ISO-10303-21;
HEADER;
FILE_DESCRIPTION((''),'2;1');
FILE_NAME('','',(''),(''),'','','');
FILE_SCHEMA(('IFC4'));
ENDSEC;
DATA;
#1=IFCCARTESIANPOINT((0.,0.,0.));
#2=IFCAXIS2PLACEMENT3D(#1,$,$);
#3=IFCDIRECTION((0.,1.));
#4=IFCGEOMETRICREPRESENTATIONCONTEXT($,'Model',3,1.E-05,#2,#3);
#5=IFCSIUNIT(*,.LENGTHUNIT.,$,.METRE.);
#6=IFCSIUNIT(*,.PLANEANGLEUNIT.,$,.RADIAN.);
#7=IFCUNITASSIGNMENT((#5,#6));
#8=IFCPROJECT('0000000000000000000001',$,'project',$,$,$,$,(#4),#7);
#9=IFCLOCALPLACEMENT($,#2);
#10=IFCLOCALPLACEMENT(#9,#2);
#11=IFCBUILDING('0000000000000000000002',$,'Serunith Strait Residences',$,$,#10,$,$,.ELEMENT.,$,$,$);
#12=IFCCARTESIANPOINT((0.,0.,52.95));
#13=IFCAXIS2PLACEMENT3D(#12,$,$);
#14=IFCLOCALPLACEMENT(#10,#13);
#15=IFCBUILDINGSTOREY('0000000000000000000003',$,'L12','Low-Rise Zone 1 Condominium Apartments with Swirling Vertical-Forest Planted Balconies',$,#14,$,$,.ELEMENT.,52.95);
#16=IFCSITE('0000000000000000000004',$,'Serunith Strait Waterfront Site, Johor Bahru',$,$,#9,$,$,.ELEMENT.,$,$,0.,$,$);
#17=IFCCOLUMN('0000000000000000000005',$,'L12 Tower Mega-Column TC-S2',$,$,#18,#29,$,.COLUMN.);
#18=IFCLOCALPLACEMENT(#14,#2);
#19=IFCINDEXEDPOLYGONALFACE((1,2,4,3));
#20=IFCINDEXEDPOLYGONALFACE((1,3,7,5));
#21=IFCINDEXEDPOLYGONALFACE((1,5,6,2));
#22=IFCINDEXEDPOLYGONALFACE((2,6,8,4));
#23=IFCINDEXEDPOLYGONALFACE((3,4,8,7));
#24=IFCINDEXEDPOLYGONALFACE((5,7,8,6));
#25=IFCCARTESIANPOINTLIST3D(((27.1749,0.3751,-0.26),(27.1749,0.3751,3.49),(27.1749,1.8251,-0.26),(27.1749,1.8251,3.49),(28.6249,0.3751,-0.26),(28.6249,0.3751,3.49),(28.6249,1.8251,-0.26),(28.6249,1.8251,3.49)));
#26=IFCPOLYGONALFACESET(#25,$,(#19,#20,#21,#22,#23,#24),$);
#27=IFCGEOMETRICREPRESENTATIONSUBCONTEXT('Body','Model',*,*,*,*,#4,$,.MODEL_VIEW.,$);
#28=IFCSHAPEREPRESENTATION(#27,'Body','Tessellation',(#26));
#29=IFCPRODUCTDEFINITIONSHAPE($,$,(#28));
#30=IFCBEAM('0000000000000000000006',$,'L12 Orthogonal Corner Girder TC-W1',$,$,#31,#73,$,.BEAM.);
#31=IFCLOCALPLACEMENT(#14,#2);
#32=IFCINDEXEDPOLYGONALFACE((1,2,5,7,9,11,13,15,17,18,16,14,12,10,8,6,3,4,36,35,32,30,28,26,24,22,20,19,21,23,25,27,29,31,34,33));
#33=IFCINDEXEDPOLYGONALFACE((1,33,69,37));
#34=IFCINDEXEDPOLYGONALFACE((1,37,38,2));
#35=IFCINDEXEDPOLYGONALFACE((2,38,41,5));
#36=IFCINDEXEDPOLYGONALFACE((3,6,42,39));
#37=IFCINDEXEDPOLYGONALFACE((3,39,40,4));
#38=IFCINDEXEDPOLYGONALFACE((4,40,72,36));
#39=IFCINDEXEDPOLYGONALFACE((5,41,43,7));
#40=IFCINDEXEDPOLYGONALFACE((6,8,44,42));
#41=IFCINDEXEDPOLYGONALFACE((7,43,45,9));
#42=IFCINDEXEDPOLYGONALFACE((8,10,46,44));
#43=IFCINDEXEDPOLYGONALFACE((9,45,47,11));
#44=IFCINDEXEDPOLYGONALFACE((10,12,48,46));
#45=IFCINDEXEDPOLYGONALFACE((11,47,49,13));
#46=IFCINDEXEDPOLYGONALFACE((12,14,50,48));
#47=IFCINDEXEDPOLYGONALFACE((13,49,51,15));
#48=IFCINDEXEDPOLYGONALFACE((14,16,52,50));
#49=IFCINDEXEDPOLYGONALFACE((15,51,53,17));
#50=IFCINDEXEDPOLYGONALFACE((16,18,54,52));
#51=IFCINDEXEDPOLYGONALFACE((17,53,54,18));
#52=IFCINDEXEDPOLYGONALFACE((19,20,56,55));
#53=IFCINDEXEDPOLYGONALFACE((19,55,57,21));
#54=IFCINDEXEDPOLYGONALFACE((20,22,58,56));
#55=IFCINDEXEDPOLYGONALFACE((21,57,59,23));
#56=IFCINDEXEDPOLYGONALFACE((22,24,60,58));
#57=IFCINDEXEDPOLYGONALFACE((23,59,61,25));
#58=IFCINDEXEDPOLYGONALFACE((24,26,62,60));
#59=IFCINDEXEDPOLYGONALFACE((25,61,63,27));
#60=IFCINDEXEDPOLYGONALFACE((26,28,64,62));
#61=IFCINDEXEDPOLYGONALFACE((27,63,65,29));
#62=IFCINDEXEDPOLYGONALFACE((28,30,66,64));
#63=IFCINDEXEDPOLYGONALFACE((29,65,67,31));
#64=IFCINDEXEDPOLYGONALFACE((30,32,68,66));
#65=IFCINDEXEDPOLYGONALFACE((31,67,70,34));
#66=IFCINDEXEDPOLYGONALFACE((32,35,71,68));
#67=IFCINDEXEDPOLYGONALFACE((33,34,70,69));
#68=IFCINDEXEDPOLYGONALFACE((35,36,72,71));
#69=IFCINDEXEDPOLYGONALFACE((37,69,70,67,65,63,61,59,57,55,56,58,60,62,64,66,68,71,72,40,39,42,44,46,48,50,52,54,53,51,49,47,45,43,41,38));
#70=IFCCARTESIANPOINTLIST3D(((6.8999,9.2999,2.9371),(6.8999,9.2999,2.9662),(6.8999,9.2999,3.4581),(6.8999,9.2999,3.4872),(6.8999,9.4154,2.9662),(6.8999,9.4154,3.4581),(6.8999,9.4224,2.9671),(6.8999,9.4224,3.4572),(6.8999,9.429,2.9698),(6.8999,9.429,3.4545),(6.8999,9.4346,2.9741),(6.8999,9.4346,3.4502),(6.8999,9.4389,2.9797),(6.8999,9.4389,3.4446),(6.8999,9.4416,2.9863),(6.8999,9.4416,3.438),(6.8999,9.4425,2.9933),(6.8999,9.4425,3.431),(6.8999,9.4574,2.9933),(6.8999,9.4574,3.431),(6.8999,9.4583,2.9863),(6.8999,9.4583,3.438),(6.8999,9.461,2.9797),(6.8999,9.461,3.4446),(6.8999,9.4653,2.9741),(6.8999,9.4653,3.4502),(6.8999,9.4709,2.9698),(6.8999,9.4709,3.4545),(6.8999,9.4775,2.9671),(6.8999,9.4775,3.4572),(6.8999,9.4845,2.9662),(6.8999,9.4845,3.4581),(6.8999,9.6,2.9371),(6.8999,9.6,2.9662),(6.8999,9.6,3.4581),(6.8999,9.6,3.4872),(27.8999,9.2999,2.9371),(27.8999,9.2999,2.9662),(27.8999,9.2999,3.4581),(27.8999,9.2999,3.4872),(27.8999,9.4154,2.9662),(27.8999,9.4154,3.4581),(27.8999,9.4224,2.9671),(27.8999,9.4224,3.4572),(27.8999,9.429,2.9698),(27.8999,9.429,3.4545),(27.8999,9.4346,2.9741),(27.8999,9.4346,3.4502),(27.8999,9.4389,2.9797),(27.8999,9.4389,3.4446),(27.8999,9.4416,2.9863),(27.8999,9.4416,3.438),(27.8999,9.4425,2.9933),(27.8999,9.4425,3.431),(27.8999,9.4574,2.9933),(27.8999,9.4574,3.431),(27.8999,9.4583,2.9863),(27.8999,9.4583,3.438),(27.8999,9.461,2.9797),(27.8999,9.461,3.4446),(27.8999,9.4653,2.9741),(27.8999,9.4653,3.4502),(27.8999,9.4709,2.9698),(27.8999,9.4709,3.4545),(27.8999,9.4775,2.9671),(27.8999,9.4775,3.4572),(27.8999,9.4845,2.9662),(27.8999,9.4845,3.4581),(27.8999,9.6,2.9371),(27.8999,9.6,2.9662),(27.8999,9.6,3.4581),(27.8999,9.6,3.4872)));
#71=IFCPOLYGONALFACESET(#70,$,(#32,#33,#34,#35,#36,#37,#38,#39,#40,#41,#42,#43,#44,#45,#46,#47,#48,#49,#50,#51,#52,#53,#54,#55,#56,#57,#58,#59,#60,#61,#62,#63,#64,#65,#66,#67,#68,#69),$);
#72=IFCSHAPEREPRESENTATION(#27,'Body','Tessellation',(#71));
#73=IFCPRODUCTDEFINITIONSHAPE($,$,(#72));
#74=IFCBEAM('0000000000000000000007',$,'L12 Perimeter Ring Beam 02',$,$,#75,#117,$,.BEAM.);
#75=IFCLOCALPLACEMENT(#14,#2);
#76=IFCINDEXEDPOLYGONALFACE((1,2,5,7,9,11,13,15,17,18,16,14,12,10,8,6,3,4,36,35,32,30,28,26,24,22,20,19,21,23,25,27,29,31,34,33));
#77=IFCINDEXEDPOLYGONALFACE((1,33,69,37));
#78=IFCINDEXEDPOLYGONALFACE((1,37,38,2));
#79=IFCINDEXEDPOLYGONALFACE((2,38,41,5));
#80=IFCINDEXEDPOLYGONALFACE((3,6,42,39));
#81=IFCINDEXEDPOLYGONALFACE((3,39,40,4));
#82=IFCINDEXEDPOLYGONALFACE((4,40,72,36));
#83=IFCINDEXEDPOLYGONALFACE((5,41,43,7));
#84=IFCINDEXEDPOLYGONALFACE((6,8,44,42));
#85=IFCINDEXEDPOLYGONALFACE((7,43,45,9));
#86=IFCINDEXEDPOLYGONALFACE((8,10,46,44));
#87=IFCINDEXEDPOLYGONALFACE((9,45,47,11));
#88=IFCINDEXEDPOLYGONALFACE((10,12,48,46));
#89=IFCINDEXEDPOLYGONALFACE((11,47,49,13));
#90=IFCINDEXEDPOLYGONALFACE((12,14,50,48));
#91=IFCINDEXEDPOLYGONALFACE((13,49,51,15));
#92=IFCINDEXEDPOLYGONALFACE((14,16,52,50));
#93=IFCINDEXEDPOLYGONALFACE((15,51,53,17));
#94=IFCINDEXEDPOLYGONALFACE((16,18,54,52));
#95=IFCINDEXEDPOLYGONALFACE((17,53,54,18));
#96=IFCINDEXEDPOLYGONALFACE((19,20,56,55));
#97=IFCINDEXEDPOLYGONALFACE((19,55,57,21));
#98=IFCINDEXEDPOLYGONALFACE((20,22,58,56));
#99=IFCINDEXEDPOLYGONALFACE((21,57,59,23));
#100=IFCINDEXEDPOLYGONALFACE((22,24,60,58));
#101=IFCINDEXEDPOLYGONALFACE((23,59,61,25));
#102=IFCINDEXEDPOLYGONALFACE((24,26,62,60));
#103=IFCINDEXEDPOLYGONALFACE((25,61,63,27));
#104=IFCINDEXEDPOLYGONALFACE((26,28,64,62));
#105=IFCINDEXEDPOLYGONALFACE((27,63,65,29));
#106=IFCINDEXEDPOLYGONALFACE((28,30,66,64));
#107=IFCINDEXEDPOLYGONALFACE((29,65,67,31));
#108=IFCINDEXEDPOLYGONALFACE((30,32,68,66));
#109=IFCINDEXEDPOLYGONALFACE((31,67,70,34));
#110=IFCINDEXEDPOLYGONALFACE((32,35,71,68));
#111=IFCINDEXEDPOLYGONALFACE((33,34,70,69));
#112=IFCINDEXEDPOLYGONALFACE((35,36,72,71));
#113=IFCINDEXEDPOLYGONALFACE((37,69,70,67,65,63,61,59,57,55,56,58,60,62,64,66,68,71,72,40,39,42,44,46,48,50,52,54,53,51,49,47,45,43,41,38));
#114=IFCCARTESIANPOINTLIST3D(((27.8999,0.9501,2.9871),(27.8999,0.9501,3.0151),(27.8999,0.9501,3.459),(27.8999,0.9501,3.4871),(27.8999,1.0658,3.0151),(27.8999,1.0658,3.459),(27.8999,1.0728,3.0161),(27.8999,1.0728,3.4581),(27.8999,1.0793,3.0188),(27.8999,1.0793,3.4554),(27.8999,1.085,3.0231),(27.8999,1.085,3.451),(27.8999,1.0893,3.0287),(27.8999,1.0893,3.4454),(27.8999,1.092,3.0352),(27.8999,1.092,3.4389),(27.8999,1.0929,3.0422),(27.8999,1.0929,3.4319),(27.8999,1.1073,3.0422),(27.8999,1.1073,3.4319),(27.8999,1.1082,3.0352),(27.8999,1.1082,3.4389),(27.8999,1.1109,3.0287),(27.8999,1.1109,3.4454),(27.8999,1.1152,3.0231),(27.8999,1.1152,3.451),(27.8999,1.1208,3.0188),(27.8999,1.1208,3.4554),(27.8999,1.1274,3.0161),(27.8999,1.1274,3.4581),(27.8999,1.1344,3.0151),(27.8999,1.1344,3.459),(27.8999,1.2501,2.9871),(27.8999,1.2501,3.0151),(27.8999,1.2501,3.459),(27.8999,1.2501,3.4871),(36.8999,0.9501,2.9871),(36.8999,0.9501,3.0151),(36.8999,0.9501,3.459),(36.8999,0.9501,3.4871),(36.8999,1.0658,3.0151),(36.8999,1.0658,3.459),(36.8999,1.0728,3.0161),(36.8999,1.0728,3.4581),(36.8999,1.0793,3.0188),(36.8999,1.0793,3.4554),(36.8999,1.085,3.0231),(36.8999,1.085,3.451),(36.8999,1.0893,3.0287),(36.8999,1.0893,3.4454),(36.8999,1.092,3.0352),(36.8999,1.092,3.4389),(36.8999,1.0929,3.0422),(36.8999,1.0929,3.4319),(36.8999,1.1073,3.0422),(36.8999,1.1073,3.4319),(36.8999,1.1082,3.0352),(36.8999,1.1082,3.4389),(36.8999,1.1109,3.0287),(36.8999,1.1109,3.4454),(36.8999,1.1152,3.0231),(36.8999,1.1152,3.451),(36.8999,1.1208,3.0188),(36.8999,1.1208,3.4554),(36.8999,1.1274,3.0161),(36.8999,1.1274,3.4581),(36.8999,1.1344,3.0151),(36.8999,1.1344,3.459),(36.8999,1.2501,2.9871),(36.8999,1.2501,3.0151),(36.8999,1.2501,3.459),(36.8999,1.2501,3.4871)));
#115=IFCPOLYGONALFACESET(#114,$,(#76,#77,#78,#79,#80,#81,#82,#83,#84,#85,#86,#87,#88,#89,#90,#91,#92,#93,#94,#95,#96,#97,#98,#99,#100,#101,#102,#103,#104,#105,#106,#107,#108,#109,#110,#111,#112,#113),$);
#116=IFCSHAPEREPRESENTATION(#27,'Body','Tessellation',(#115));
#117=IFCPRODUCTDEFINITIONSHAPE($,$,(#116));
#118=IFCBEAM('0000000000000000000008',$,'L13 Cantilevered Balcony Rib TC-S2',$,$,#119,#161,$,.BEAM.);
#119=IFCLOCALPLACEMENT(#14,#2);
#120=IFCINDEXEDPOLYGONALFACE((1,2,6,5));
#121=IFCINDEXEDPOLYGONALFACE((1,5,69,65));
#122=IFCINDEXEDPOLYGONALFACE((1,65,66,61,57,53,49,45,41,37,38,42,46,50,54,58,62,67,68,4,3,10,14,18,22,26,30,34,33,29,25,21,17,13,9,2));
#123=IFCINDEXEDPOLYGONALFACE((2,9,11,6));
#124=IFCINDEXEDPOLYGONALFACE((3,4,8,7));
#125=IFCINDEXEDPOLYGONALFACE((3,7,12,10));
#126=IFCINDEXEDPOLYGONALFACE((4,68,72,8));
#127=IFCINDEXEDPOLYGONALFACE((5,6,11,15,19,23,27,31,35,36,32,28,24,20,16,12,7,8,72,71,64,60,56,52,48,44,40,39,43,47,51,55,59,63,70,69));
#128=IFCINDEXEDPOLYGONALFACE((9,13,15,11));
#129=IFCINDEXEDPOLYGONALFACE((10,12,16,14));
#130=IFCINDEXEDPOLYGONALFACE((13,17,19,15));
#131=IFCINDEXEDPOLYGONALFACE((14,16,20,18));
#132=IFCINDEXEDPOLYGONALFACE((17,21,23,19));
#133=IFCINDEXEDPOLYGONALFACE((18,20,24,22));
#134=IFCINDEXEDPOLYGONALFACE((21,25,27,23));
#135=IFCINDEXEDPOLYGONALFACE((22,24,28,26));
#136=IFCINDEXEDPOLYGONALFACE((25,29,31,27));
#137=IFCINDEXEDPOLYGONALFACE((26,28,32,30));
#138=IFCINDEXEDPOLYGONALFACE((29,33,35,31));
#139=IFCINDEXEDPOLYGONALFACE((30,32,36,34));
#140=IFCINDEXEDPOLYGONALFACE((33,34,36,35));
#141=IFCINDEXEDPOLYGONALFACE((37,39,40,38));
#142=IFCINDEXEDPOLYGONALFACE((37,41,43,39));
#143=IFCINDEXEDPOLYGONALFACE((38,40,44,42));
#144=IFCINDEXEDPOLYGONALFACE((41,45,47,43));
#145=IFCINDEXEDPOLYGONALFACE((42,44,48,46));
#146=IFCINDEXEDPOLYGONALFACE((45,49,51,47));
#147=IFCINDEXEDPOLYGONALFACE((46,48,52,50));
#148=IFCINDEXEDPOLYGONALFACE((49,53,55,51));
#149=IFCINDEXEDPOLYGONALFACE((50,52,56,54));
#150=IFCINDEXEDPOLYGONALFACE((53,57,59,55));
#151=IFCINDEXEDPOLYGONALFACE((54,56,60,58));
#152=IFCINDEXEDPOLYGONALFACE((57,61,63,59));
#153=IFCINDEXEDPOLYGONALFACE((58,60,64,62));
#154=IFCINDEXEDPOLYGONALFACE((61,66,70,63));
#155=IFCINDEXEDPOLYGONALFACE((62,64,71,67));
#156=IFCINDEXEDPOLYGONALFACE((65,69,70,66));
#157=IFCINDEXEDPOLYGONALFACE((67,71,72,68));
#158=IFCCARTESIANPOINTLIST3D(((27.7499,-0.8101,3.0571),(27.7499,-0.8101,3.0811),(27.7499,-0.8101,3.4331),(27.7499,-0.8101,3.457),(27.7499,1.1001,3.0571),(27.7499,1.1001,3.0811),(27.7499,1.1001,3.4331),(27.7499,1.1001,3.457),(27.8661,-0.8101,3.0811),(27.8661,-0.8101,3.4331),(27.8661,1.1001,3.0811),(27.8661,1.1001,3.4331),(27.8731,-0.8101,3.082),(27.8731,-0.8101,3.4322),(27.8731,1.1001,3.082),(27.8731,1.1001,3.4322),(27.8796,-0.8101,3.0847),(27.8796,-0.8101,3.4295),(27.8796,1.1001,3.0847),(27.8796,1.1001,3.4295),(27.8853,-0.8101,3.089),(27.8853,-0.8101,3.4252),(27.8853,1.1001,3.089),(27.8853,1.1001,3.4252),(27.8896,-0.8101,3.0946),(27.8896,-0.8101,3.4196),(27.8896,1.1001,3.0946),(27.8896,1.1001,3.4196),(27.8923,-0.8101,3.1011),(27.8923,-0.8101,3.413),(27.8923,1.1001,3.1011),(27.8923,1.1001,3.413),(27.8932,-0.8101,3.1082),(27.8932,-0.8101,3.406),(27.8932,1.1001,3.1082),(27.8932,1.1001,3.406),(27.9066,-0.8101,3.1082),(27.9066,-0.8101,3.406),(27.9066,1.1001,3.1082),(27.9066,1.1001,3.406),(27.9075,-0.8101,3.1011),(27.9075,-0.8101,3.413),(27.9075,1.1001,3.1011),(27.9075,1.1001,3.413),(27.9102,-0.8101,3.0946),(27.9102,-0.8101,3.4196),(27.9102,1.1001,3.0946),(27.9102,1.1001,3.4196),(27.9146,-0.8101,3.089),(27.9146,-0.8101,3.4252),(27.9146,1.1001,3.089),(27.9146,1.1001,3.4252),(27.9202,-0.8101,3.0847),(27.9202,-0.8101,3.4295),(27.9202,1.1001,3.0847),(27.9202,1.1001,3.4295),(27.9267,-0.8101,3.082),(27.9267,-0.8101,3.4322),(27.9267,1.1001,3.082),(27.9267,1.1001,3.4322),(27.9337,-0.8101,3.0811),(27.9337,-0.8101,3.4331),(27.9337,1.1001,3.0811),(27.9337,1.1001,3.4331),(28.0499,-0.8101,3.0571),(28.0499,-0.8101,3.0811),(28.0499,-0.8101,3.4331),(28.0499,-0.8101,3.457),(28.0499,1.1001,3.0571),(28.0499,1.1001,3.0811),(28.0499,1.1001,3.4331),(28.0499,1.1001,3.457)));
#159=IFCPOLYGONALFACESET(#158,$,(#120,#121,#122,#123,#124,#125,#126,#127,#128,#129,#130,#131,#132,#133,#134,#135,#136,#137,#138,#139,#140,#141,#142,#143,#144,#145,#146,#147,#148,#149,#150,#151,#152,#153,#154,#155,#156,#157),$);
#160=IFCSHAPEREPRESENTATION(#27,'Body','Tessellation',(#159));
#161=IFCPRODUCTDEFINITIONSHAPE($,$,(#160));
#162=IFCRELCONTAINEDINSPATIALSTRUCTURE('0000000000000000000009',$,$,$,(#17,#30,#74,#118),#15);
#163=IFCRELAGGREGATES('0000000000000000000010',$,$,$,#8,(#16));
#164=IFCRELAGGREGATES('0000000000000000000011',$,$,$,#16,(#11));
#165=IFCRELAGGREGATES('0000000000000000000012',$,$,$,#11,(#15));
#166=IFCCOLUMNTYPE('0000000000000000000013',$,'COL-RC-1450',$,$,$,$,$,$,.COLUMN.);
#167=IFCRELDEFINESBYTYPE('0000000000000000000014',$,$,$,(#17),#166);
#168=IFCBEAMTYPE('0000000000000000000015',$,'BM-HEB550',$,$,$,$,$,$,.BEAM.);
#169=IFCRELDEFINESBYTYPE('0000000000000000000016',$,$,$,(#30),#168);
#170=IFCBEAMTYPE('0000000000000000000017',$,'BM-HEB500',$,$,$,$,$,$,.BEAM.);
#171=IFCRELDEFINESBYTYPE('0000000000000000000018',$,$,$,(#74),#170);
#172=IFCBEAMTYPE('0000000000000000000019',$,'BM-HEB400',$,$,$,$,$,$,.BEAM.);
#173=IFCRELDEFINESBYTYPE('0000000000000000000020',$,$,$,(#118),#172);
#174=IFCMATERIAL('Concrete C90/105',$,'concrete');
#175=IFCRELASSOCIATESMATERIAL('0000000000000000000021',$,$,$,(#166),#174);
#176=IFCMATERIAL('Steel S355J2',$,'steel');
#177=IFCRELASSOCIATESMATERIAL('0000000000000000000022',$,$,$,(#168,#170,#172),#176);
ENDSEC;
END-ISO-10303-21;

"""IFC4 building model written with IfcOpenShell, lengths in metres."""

from ifc_helpers import new_model, si_unit, direction, frame, origin, origin_2d, place, context, subcontext, project, spatial, rectangle, i_section, extrude, source, transform, mapped, material, material_profile, profile_set, type_object, element, save


model = new_model("IFC4")

# Units and contexts
model_context = context("Model", 3, precision=1e-05, world=origin(), true_north=direction((0.0, 1.0)))
body_context = subcontext(model_context, "Body", "Model", "MODEL_VIEW")
ifc_project = project(units=[si_unit("LENGTHUNIT", "METRE"), si_unit("PLANEANGLEUNIT", "RADIAN")], contexts=[model_context])

# Site, building, storey
site_placement = place(None, origin())
site = spatial("IfcSite", under=ifc_project, at=site_placement, Name="Serunith Strait Waterfront Site, Johor Bahru", CompositionType="ELEMENT", RefElevation=0.0)
building_placement = place(site_placement, origin())
building = spatial("IfcBuilding", under=site, at=building_placement, Name="Serunith Strait Residences", CompositionType="ELEMENT")
storey_placement = place(building_placement, frame((0.0, 0.0, 52.95)))
storey = spatial("IfcBuildingStorey", under=building, at=storey_placement, Name="L12", Description="Low-Rise Zone 1 Condominium Apartments with Swirling Vertical-Forest Planted Balconies", CompositionType="ELEMENT", Elevation=52.95)

# Column
ifc_material_1 = material(Name="Concrete C90/105", Category="concrete")
ifc_material_profile_1 = material_profile(ifc_material_1, rectangle(XDim=1.45, YDim=1.45, at=origin_2d()), Name="RC 1450x1450")
ifc_profile_set_1 = profile_set([ifc_material_profile_1], Name="Concrete C90/105")
column_type = type_object("IfcColumnType", Name="COL-RC-1450", PredefinedType="COLUMN", material=ifc_profile_set_1)
shared_shape_1 = source(origin(), body_context, "Body", "SweptSolid", [
    extrude(rectangle(XDim=1.45, YDim=1.45, at=origin_2d()), origin(), (0.0, 0.0, 1.0), 3.75),
])
column_placement = place(storey_placement, frame((27.8999, 1.1001, -0.26), z_axis=(0.0, 0.0, 1.0), x_axis=(1.0, 0.0, 0.0)))
element("IfcColumn", 1, at=column_placement, inside=storey, type_object=column_type, Name="L12 Tower Mega-Column TC-S2", PredefinedType="COLUMN", context=body_context, shape_type="MappedRepresentation", body=[
    mapped(shared_shape_1, transform((0.0, 0.0, 0.0), scale=1.0)),
])

# Beams
ifc_material_2 = material(Name="Steel S355J2", Category="steel")
ifc_material_profile_2 = material_profile(ifc_material_2, i_section(OverallWidth=0.3, OverallDepth=0.55, WebThickness=0.0149, FlangeThickness=0.0291, FilletRadius=0.0271, at=origin_2d()), Name="HEB 550")
ifc_profile_set_2 = profile_set([ifc_material_profile_2], Name="Steel S355J2")
beam_type_1 = type_object("IfcBeamType", Name="BM-HEB550", PredefinedType="BEAM", material=ifc_profile_set_2)
shared_shape_2 = source(origin(), body_context, "Body", "SweptSolid", [
    extrude(i_section(OverallWidth=0.3, OverallDepth=0.55, WebThickness=0.0149, FlangeThickness=0.0291, FilletRadius=0.0271, at=origin_2d()), origin(), (0.0, 0.0, 1.0), 21.0),
])
beam_1_placement = place(storey_placement, frame((27.8999, 9.45, 3.2122), z_axis=(-1.0, 0.0, 0.0), x_axis=(0.0, -1.0, 0.0)))
element("IfcBeam", 2, at=beam_1_placement, inside=storey, type_object=beam_type_1, Name="L12 Orthogonal Corner Girder TC-W1", PredefinedType="BEAM", context=body_context, shape_type="MappedRepresentation", body=[
    mapped(shared_shape_2, transform((0.0, 0.0, 0.0), scale=1.0)),
])
ifc_material_profile_3 = material_profile(ifc_material_2, i_section(OverallWidth=0.3, OverallDepth=0.5, WebThickness=0.0144, FlangeThickness=0.0281, FilletRadius=0.0271, at=origin_2d()), Name="HEB 500")
ifc_profile_set_3 = profile_set([ifc_material_profile_3], Name="Steel S355J2")
beam_type_2 = type_object("IfcBeamType", Name="BM-HEB500", PredefinedType="BEAM", material=ifc_profile_set_3)
shared_shape_3 = source(origin(), body_context, "Body", "SweptSolid", [
    extrude(i_section(OverallWidth=0.3, OverallDepth=0.5, WebThickness=0.0144, FlangeThickness=0.0281, FilletRadius=0.0271, at=origin_2d()), origin(), (0.0, 0.0, 1.0), 9.0),
])
beam_2_placement = place(storey_placement, frame((27.8999, 1.1001, 3.2371), z_axis=(1.0, 0.0, 0.0), x_axis=(0.0, 1.0, 0.0)))
element("IfcBeam", 3, at=beam_2_placement, inside=storey, type_object=beam_type_2, Name="L12 Perimeter Ring Beam 02", PredefinedType="BEAM", context=body_context, shape_type="MappedRepresentation", body=[
    mapped(shared_shape_3, transform((0.0, 0.0, 0.0), scale=1.0)),
])
ifc_material_profile_4 = material_profile(ifc_material_2, i_section(OverallWidth=0.3, OverallDepth=0.3999, WebThickness=0.0134, FlangeThickness=0.0239, FilletRadius=0.0271, at=origin_2d()), Name="HEB 400")
ifc_profile_set_4 = profile_set([ifc_material_profile_4], Name="Steel S355J2")
beam_type_3 = type_object("IfcBeamType", Name="BM-HEB400", PredefinedType="BEAM", material=ifc_profile_set_4)
shared_shape_4 = source(origin(), body_context, "Body", "SweptSolid", [
    extrude(i_section(OverallWidth=0.3, OverallDepth=0.3999, WebThickness=0.0134, FlangeThickness=0.0239, FilletRadius=0.0271, at=origin_2d()), origin(), (0.0, 0.0, 1.0), 1.9102),
])
beam_3_placement = place(storey_placement, frame((27.8999, 1.1001, 3.2571), z_axis=(0.0, -1.0, 0.0), x_axis=(1.0, 0.0, 0.0)))
element("IfcBeam", 4, at=beam_3_placement, inside=storey, type_object=beam_type_3, Name="L13 Cantilevered Balcony Rib TC-S2", PredefinedType="BEAM", context=body_context, shape_type="MappedRepresentation", body=[
    mapped(shared_shape_4, transform((0.0, 0.0, 0.0), scale=1.0)),
])

save(model, "model.ifc")
